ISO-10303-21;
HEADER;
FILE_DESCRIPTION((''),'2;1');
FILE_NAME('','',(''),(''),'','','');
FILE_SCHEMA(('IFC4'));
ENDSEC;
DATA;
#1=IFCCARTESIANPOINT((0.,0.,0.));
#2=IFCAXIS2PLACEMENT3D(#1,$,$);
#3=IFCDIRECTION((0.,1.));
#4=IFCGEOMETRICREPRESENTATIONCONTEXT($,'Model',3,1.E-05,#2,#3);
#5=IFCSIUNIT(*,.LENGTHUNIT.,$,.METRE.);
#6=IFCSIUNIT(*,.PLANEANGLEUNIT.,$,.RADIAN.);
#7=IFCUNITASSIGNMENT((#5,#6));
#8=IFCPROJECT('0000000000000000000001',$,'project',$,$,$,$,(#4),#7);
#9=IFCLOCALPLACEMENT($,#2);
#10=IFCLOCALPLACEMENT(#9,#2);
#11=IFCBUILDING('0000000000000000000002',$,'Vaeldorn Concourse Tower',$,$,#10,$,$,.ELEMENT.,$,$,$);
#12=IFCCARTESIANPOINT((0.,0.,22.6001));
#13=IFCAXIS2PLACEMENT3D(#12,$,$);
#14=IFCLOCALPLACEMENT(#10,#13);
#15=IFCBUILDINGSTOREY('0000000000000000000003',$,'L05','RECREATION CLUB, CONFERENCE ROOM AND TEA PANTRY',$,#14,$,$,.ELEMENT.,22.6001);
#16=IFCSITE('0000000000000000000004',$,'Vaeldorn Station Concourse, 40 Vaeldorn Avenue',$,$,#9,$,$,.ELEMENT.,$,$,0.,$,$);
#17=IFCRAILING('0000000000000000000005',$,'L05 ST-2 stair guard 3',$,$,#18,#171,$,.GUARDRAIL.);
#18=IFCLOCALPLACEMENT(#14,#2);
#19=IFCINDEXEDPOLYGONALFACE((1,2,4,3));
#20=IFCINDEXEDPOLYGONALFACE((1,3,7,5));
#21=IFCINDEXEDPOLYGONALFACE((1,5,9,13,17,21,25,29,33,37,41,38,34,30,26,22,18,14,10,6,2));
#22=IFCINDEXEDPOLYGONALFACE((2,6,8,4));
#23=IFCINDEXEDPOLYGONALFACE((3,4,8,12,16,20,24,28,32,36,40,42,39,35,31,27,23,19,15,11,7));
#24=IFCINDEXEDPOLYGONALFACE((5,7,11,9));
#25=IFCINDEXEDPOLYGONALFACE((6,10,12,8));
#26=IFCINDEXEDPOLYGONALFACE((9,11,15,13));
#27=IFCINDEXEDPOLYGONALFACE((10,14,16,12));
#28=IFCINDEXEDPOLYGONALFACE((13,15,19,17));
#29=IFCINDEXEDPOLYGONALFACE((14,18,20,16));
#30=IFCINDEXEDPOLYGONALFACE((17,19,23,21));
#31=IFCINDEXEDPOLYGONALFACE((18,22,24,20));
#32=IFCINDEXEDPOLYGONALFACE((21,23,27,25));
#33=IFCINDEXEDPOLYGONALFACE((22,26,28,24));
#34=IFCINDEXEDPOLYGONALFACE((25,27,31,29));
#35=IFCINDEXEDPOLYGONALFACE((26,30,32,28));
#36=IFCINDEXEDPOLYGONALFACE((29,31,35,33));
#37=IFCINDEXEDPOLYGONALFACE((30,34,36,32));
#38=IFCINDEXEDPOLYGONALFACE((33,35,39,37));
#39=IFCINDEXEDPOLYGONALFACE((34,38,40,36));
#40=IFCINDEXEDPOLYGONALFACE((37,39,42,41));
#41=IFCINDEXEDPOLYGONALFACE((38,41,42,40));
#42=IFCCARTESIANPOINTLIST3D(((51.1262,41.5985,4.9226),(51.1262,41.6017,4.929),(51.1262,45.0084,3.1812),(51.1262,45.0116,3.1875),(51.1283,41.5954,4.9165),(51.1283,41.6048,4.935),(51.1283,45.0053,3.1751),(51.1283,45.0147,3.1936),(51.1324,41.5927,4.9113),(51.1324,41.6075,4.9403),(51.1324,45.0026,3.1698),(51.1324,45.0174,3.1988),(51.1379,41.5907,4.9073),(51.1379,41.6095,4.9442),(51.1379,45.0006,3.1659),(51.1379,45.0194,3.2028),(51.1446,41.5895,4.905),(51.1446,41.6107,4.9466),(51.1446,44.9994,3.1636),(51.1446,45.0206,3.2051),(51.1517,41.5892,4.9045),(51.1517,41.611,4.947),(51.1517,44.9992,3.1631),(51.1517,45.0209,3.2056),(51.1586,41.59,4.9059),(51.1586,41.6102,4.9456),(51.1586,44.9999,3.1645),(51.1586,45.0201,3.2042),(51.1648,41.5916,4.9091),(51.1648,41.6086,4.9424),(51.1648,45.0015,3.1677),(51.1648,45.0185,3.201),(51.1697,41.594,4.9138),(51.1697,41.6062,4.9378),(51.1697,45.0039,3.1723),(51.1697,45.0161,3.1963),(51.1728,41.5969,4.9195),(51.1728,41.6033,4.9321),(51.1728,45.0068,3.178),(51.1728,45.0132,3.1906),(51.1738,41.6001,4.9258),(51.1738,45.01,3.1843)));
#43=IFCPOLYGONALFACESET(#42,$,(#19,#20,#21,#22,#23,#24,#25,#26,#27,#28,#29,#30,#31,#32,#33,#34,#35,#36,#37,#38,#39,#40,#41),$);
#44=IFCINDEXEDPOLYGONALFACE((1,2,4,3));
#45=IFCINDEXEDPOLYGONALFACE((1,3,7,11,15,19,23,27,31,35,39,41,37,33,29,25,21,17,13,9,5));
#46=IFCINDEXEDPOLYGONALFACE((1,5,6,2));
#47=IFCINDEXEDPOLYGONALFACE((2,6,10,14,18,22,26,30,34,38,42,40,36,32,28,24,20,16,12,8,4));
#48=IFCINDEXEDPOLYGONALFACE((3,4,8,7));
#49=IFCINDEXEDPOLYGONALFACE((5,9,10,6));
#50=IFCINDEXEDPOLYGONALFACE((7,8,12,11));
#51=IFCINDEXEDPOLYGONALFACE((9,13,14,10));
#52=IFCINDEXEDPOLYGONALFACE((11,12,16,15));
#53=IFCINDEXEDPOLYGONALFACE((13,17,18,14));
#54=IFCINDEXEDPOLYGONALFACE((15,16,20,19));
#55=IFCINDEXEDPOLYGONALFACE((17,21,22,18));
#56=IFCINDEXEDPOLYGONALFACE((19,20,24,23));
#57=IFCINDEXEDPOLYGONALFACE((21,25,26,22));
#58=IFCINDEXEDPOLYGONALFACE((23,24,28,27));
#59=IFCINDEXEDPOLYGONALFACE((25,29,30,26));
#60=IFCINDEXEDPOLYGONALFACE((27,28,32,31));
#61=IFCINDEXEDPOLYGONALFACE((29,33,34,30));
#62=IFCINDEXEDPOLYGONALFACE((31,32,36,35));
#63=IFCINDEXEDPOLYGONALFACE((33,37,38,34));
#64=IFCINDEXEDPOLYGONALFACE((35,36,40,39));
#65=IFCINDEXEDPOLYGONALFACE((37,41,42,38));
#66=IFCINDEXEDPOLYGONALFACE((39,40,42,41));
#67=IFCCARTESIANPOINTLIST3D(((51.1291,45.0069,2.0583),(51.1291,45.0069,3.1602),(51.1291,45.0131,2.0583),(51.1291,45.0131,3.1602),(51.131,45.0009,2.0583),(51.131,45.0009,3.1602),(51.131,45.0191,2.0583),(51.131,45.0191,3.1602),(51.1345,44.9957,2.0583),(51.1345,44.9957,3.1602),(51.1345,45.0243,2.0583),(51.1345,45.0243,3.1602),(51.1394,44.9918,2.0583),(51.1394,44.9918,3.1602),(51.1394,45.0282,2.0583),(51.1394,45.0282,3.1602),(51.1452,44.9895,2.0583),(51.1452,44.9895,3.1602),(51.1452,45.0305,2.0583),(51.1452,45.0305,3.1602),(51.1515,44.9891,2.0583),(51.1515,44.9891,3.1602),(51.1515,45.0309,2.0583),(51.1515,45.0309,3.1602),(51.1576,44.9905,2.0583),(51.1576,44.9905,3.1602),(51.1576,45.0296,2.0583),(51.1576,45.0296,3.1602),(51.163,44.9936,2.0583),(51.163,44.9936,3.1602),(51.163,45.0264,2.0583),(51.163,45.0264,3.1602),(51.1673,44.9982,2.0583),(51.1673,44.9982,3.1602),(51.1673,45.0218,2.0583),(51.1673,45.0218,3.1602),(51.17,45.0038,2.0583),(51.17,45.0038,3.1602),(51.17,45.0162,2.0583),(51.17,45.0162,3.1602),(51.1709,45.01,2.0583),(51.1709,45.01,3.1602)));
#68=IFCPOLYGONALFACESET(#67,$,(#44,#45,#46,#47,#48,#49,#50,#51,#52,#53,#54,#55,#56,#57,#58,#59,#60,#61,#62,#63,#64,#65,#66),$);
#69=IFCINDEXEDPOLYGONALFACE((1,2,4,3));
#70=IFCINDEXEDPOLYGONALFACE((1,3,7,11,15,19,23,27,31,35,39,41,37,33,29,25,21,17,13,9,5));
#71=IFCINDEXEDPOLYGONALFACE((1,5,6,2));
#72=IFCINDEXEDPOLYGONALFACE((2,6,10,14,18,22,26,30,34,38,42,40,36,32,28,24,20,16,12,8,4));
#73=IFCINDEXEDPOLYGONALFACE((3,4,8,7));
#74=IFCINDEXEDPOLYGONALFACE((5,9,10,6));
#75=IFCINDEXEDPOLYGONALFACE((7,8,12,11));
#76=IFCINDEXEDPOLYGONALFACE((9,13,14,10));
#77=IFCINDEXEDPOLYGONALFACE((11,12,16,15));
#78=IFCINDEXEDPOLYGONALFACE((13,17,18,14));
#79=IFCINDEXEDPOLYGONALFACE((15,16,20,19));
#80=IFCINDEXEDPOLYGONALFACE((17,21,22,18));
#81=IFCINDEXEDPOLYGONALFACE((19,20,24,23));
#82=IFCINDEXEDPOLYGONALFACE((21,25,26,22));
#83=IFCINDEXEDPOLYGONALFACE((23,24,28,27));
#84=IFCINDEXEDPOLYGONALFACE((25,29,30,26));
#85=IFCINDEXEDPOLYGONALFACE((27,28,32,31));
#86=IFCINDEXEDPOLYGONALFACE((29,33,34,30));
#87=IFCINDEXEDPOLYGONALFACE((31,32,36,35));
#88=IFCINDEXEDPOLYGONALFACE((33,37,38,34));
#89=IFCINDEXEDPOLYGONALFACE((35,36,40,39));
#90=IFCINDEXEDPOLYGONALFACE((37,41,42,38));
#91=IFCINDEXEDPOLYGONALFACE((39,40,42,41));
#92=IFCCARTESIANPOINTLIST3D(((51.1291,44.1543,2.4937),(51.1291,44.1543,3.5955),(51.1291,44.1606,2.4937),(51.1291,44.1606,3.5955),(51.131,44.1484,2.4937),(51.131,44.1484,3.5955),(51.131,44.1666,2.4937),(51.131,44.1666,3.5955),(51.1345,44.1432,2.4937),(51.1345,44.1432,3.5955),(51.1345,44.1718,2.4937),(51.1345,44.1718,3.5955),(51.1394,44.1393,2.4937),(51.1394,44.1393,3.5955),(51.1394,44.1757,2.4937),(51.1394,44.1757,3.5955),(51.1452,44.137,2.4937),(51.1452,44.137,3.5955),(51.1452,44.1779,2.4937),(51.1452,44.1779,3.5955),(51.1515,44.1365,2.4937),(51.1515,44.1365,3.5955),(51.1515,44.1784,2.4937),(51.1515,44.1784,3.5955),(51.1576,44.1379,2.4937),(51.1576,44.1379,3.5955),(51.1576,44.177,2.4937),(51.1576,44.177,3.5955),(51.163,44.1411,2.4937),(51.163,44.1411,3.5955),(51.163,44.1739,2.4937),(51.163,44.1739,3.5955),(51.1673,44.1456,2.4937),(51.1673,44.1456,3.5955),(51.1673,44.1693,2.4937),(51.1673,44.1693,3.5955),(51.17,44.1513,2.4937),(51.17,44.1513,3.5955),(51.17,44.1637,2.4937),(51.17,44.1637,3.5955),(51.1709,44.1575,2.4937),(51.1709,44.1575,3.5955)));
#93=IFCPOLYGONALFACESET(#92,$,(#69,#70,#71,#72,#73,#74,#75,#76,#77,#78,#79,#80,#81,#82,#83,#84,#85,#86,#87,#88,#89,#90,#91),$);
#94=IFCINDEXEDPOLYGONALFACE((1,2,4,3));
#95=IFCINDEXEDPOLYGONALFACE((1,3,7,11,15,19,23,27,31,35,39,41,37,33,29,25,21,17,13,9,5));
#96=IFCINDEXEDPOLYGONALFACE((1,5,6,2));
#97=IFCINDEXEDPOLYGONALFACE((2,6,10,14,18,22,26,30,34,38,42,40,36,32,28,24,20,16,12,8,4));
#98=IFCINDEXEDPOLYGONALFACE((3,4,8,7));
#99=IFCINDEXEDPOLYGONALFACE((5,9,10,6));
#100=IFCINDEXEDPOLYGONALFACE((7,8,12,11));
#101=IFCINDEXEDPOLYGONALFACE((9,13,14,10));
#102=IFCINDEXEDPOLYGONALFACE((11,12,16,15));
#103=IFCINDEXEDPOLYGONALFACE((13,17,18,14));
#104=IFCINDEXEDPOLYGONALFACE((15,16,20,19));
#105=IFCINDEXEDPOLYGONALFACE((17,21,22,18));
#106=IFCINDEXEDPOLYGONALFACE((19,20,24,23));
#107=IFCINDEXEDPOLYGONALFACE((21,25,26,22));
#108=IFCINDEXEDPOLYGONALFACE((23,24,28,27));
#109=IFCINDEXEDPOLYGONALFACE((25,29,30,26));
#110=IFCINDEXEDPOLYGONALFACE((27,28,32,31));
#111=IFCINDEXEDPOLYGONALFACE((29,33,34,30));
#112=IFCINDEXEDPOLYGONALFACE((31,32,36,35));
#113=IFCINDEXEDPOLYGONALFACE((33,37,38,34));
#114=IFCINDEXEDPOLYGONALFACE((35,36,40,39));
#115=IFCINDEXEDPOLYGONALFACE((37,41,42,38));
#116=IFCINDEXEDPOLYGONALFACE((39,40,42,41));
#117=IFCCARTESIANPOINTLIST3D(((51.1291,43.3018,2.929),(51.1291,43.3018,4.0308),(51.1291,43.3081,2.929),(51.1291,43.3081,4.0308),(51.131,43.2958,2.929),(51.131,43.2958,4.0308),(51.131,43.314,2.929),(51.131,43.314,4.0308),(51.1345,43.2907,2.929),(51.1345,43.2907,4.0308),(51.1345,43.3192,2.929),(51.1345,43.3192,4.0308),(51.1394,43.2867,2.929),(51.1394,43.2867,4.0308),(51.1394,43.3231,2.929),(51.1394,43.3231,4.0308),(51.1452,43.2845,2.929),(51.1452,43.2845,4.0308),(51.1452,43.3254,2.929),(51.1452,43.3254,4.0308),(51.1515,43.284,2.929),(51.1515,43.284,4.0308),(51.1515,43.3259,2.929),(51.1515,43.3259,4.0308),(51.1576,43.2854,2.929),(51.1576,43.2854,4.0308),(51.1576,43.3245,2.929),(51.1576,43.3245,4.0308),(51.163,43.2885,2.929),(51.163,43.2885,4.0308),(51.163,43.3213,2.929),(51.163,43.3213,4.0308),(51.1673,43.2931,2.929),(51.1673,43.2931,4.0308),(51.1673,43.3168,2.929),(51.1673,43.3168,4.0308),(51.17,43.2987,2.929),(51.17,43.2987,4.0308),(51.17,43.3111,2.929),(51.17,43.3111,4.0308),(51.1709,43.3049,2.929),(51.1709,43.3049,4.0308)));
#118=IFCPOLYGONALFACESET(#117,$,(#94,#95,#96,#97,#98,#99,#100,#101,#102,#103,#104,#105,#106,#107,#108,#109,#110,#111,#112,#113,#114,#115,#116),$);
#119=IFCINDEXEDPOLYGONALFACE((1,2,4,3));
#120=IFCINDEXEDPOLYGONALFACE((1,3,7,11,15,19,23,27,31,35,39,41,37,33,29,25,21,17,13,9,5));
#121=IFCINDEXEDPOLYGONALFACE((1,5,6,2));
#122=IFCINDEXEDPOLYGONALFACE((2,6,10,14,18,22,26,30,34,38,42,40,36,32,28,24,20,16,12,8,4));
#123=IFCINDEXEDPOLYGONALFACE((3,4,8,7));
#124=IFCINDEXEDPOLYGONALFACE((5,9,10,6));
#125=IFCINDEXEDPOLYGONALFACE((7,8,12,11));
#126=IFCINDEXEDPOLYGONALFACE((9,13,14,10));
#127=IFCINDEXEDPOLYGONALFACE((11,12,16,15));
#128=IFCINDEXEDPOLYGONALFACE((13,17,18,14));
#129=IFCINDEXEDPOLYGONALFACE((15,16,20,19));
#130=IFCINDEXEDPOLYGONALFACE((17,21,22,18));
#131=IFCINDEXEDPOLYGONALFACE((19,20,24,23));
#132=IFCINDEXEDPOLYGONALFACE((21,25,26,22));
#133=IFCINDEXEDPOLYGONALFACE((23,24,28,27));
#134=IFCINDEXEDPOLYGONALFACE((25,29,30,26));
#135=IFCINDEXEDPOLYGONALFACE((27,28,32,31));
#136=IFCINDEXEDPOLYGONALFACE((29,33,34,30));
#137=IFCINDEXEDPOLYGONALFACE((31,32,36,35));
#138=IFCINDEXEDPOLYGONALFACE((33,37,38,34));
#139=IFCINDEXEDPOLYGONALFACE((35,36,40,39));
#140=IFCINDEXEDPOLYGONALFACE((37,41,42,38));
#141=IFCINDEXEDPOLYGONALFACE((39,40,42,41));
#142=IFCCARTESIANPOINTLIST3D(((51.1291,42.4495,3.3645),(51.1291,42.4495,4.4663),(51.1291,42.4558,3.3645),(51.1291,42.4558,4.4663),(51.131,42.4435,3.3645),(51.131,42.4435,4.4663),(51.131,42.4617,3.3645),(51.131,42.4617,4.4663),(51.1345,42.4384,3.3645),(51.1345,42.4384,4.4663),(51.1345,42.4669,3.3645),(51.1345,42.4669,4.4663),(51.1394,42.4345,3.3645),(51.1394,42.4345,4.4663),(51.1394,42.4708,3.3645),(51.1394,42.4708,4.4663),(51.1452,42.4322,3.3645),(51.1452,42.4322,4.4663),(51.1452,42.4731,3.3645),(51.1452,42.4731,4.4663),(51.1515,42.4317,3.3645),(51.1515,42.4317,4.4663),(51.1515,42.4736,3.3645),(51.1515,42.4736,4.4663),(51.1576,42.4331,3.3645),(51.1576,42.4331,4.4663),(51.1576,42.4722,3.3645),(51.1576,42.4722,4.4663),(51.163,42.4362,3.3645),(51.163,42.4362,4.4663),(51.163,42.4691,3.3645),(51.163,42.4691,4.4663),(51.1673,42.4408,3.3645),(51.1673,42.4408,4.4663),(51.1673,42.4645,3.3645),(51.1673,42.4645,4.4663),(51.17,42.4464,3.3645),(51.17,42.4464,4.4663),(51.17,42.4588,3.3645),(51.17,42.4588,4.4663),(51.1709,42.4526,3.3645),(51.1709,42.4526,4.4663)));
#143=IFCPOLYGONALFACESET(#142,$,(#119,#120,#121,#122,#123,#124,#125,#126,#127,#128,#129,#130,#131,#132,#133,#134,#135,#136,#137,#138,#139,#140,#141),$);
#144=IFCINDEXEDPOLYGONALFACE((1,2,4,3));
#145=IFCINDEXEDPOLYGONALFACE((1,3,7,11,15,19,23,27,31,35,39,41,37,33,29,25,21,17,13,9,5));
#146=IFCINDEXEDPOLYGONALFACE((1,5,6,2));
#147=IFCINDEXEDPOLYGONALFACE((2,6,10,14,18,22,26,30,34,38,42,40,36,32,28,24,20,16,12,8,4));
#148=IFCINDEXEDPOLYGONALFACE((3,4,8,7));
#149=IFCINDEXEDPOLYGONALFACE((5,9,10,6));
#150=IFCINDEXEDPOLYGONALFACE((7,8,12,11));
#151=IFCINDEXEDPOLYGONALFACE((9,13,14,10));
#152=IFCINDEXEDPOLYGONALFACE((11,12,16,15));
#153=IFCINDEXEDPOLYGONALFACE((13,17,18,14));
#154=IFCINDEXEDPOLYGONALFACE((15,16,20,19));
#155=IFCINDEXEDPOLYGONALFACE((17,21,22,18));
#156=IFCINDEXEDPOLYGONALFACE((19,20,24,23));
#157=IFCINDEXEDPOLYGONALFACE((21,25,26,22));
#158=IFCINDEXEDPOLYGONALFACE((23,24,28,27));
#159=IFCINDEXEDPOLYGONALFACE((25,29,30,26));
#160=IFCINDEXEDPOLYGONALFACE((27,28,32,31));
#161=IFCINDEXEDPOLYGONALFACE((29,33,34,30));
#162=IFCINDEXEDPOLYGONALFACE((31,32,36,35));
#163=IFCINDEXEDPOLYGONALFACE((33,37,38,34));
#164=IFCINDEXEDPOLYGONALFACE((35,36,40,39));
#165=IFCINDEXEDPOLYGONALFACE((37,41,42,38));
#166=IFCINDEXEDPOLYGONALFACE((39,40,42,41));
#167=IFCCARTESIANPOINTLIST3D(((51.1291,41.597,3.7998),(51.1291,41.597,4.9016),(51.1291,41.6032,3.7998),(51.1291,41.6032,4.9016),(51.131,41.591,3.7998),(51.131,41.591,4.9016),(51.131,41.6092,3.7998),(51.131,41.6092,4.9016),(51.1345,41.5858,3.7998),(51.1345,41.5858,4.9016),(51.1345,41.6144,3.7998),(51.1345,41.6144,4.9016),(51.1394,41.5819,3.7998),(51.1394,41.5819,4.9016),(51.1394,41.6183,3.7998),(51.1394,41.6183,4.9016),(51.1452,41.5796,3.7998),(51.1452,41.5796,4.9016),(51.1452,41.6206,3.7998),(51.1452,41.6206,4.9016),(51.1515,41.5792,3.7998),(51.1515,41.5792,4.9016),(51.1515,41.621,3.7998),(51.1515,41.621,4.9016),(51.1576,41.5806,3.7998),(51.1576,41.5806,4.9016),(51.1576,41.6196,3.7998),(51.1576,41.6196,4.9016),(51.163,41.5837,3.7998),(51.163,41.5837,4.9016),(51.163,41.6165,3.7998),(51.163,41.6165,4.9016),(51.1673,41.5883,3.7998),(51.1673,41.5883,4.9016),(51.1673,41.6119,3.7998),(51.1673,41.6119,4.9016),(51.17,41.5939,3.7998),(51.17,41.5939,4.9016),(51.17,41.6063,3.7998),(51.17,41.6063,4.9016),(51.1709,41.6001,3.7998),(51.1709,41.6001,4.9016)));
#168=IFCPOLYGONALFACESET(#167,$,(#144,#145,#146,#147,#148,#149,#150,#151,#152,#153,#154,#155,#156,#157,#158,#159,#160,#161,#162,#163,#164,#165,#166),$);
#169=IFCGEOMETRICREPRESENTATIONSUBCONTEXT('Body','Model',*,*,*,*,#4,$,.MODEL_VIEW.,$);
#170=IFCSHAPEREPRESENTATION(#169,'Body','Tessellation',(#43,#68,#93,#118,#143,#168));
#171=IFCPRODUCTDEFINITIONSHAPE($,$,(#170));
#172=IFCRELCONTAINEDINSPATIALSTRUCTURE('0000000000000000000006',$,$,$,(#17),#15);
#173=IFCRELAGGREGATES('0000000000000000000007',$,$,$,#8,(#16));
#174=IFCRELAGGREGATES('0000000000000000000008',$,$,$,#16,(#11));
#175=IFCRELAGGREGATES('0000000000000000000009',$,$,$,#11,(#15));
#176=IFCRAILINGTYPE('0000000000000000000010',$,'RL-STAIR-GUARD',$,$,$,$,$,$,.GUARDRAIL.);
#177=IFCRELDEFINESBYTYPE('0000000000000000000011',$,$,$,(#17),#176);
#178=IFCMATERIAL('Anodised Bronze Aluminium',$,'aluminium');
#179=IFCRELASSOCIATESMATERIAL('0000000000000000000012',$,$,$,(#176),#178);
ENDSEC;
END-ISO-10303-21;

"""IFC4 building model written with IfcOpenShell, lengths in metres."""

from ifc_helpers import new_model, si_unit, direction, frame, origin, origin_2d, place, context, subcontext, project, spatial, circle, extrude, material, type_object, element, save


model = new_model("IFC4")

# Units and contexts
model_context = context("Model", 3, precision=1e-05, world=origin(), true_north=direction((0.0, 1.0)))
body_context = subcontext(model_context, "Body", "Model", "MODEL_VIEW")
ifc_project = project(units=[si_unit("LENGTHUNIT", "METRE"), si_unit("PLANEANGLEUNIT", "RADIAN")], contexts=[model_context])

# Site, building, storey
site_placement = place(None, origin())
site = spatial("IfcSite", under=ifc_project, at=site_placement, Name="Vaeldorn Station Concourse, 40 Vaeldorn Avenue", CompositionType="ELEMENT", RefElevation=0.0)
building_placement = place(site_placement, origin())
building = spatial("IfcBuilding", under=site, at=building_placement, Name="Vaeldorn Concourse Tower", CompositionType="ELEMENT")
storey_placement = place(building_placement, frame((0.0, 0.0, 22.6001)))
storey = spatial("IfcBuildingStorey", under=building, at=storey_placement, Name="L05", Description="RECREATION CLUB, CONFERENCE ROOM AND TEA PANTRY", CompositionType="ELEMENT", Elevation=22.6001)

# Shared definitions
ifc_material_1 = material(Name="Anodised Bronze Aluminium", Category="aluminium")

# Railing
railing_type_1 = type_object("IfcRailingType", Name="RL-STAIR-GUARD", PredefinedType="GUARDRAIL", material=ifc_material_1)
railing_1_placement = place(storey_placement, frame((51.1499, 45.01, 2.0583)))
element("IfcRailing", 1, at=railing_1_placement, inside=storey, type_object=railing_type_1, Name="L05 ST-2 stair guard 3", PredefinedType="GUARDRAIL", context=body_context, shape_type="SweptSolid", body=[
    extrude(circle(Radius=0.0239, at=origin_2d()), frame((0.0, 0.0, 1.126), z_axis=(0.0, -0.890582, 0.454823), x_axis=(1.0, 0.0, 0.0)), (0.0, 0.0, 1.0), 3.8289),
    extrude(circle(Radius=0.021, at=origin_2d()), origin(), (0.0, 0.0, 1.0), 1.1018),
    extrude(circle(Radius=0.021, at=origin_2d()), frame((0.0, -0.8525, 0.4353)), (0.0, 0.0, 1.0), 1.1018),
    extrude(circle(Radius=0.021, at=origin_2d()), frame((0.0, -1.7051, 0.8706)), (0.0, 0.0, 1.0), 1.1018),
    extrude(circle(Radius=0.021, at=origin_2d()), frame((0.0, -2.5574, 1.3062)), (0.0, 0.0, 1.0), 1.1018),
    extrude(circle(Radius=0.021, at=origin_2d()), frame((0.0, -3.4099, 1.7415)), (0.0, 0.0, 1.0), 1.1018),
])

save(model, "model.ifc")
